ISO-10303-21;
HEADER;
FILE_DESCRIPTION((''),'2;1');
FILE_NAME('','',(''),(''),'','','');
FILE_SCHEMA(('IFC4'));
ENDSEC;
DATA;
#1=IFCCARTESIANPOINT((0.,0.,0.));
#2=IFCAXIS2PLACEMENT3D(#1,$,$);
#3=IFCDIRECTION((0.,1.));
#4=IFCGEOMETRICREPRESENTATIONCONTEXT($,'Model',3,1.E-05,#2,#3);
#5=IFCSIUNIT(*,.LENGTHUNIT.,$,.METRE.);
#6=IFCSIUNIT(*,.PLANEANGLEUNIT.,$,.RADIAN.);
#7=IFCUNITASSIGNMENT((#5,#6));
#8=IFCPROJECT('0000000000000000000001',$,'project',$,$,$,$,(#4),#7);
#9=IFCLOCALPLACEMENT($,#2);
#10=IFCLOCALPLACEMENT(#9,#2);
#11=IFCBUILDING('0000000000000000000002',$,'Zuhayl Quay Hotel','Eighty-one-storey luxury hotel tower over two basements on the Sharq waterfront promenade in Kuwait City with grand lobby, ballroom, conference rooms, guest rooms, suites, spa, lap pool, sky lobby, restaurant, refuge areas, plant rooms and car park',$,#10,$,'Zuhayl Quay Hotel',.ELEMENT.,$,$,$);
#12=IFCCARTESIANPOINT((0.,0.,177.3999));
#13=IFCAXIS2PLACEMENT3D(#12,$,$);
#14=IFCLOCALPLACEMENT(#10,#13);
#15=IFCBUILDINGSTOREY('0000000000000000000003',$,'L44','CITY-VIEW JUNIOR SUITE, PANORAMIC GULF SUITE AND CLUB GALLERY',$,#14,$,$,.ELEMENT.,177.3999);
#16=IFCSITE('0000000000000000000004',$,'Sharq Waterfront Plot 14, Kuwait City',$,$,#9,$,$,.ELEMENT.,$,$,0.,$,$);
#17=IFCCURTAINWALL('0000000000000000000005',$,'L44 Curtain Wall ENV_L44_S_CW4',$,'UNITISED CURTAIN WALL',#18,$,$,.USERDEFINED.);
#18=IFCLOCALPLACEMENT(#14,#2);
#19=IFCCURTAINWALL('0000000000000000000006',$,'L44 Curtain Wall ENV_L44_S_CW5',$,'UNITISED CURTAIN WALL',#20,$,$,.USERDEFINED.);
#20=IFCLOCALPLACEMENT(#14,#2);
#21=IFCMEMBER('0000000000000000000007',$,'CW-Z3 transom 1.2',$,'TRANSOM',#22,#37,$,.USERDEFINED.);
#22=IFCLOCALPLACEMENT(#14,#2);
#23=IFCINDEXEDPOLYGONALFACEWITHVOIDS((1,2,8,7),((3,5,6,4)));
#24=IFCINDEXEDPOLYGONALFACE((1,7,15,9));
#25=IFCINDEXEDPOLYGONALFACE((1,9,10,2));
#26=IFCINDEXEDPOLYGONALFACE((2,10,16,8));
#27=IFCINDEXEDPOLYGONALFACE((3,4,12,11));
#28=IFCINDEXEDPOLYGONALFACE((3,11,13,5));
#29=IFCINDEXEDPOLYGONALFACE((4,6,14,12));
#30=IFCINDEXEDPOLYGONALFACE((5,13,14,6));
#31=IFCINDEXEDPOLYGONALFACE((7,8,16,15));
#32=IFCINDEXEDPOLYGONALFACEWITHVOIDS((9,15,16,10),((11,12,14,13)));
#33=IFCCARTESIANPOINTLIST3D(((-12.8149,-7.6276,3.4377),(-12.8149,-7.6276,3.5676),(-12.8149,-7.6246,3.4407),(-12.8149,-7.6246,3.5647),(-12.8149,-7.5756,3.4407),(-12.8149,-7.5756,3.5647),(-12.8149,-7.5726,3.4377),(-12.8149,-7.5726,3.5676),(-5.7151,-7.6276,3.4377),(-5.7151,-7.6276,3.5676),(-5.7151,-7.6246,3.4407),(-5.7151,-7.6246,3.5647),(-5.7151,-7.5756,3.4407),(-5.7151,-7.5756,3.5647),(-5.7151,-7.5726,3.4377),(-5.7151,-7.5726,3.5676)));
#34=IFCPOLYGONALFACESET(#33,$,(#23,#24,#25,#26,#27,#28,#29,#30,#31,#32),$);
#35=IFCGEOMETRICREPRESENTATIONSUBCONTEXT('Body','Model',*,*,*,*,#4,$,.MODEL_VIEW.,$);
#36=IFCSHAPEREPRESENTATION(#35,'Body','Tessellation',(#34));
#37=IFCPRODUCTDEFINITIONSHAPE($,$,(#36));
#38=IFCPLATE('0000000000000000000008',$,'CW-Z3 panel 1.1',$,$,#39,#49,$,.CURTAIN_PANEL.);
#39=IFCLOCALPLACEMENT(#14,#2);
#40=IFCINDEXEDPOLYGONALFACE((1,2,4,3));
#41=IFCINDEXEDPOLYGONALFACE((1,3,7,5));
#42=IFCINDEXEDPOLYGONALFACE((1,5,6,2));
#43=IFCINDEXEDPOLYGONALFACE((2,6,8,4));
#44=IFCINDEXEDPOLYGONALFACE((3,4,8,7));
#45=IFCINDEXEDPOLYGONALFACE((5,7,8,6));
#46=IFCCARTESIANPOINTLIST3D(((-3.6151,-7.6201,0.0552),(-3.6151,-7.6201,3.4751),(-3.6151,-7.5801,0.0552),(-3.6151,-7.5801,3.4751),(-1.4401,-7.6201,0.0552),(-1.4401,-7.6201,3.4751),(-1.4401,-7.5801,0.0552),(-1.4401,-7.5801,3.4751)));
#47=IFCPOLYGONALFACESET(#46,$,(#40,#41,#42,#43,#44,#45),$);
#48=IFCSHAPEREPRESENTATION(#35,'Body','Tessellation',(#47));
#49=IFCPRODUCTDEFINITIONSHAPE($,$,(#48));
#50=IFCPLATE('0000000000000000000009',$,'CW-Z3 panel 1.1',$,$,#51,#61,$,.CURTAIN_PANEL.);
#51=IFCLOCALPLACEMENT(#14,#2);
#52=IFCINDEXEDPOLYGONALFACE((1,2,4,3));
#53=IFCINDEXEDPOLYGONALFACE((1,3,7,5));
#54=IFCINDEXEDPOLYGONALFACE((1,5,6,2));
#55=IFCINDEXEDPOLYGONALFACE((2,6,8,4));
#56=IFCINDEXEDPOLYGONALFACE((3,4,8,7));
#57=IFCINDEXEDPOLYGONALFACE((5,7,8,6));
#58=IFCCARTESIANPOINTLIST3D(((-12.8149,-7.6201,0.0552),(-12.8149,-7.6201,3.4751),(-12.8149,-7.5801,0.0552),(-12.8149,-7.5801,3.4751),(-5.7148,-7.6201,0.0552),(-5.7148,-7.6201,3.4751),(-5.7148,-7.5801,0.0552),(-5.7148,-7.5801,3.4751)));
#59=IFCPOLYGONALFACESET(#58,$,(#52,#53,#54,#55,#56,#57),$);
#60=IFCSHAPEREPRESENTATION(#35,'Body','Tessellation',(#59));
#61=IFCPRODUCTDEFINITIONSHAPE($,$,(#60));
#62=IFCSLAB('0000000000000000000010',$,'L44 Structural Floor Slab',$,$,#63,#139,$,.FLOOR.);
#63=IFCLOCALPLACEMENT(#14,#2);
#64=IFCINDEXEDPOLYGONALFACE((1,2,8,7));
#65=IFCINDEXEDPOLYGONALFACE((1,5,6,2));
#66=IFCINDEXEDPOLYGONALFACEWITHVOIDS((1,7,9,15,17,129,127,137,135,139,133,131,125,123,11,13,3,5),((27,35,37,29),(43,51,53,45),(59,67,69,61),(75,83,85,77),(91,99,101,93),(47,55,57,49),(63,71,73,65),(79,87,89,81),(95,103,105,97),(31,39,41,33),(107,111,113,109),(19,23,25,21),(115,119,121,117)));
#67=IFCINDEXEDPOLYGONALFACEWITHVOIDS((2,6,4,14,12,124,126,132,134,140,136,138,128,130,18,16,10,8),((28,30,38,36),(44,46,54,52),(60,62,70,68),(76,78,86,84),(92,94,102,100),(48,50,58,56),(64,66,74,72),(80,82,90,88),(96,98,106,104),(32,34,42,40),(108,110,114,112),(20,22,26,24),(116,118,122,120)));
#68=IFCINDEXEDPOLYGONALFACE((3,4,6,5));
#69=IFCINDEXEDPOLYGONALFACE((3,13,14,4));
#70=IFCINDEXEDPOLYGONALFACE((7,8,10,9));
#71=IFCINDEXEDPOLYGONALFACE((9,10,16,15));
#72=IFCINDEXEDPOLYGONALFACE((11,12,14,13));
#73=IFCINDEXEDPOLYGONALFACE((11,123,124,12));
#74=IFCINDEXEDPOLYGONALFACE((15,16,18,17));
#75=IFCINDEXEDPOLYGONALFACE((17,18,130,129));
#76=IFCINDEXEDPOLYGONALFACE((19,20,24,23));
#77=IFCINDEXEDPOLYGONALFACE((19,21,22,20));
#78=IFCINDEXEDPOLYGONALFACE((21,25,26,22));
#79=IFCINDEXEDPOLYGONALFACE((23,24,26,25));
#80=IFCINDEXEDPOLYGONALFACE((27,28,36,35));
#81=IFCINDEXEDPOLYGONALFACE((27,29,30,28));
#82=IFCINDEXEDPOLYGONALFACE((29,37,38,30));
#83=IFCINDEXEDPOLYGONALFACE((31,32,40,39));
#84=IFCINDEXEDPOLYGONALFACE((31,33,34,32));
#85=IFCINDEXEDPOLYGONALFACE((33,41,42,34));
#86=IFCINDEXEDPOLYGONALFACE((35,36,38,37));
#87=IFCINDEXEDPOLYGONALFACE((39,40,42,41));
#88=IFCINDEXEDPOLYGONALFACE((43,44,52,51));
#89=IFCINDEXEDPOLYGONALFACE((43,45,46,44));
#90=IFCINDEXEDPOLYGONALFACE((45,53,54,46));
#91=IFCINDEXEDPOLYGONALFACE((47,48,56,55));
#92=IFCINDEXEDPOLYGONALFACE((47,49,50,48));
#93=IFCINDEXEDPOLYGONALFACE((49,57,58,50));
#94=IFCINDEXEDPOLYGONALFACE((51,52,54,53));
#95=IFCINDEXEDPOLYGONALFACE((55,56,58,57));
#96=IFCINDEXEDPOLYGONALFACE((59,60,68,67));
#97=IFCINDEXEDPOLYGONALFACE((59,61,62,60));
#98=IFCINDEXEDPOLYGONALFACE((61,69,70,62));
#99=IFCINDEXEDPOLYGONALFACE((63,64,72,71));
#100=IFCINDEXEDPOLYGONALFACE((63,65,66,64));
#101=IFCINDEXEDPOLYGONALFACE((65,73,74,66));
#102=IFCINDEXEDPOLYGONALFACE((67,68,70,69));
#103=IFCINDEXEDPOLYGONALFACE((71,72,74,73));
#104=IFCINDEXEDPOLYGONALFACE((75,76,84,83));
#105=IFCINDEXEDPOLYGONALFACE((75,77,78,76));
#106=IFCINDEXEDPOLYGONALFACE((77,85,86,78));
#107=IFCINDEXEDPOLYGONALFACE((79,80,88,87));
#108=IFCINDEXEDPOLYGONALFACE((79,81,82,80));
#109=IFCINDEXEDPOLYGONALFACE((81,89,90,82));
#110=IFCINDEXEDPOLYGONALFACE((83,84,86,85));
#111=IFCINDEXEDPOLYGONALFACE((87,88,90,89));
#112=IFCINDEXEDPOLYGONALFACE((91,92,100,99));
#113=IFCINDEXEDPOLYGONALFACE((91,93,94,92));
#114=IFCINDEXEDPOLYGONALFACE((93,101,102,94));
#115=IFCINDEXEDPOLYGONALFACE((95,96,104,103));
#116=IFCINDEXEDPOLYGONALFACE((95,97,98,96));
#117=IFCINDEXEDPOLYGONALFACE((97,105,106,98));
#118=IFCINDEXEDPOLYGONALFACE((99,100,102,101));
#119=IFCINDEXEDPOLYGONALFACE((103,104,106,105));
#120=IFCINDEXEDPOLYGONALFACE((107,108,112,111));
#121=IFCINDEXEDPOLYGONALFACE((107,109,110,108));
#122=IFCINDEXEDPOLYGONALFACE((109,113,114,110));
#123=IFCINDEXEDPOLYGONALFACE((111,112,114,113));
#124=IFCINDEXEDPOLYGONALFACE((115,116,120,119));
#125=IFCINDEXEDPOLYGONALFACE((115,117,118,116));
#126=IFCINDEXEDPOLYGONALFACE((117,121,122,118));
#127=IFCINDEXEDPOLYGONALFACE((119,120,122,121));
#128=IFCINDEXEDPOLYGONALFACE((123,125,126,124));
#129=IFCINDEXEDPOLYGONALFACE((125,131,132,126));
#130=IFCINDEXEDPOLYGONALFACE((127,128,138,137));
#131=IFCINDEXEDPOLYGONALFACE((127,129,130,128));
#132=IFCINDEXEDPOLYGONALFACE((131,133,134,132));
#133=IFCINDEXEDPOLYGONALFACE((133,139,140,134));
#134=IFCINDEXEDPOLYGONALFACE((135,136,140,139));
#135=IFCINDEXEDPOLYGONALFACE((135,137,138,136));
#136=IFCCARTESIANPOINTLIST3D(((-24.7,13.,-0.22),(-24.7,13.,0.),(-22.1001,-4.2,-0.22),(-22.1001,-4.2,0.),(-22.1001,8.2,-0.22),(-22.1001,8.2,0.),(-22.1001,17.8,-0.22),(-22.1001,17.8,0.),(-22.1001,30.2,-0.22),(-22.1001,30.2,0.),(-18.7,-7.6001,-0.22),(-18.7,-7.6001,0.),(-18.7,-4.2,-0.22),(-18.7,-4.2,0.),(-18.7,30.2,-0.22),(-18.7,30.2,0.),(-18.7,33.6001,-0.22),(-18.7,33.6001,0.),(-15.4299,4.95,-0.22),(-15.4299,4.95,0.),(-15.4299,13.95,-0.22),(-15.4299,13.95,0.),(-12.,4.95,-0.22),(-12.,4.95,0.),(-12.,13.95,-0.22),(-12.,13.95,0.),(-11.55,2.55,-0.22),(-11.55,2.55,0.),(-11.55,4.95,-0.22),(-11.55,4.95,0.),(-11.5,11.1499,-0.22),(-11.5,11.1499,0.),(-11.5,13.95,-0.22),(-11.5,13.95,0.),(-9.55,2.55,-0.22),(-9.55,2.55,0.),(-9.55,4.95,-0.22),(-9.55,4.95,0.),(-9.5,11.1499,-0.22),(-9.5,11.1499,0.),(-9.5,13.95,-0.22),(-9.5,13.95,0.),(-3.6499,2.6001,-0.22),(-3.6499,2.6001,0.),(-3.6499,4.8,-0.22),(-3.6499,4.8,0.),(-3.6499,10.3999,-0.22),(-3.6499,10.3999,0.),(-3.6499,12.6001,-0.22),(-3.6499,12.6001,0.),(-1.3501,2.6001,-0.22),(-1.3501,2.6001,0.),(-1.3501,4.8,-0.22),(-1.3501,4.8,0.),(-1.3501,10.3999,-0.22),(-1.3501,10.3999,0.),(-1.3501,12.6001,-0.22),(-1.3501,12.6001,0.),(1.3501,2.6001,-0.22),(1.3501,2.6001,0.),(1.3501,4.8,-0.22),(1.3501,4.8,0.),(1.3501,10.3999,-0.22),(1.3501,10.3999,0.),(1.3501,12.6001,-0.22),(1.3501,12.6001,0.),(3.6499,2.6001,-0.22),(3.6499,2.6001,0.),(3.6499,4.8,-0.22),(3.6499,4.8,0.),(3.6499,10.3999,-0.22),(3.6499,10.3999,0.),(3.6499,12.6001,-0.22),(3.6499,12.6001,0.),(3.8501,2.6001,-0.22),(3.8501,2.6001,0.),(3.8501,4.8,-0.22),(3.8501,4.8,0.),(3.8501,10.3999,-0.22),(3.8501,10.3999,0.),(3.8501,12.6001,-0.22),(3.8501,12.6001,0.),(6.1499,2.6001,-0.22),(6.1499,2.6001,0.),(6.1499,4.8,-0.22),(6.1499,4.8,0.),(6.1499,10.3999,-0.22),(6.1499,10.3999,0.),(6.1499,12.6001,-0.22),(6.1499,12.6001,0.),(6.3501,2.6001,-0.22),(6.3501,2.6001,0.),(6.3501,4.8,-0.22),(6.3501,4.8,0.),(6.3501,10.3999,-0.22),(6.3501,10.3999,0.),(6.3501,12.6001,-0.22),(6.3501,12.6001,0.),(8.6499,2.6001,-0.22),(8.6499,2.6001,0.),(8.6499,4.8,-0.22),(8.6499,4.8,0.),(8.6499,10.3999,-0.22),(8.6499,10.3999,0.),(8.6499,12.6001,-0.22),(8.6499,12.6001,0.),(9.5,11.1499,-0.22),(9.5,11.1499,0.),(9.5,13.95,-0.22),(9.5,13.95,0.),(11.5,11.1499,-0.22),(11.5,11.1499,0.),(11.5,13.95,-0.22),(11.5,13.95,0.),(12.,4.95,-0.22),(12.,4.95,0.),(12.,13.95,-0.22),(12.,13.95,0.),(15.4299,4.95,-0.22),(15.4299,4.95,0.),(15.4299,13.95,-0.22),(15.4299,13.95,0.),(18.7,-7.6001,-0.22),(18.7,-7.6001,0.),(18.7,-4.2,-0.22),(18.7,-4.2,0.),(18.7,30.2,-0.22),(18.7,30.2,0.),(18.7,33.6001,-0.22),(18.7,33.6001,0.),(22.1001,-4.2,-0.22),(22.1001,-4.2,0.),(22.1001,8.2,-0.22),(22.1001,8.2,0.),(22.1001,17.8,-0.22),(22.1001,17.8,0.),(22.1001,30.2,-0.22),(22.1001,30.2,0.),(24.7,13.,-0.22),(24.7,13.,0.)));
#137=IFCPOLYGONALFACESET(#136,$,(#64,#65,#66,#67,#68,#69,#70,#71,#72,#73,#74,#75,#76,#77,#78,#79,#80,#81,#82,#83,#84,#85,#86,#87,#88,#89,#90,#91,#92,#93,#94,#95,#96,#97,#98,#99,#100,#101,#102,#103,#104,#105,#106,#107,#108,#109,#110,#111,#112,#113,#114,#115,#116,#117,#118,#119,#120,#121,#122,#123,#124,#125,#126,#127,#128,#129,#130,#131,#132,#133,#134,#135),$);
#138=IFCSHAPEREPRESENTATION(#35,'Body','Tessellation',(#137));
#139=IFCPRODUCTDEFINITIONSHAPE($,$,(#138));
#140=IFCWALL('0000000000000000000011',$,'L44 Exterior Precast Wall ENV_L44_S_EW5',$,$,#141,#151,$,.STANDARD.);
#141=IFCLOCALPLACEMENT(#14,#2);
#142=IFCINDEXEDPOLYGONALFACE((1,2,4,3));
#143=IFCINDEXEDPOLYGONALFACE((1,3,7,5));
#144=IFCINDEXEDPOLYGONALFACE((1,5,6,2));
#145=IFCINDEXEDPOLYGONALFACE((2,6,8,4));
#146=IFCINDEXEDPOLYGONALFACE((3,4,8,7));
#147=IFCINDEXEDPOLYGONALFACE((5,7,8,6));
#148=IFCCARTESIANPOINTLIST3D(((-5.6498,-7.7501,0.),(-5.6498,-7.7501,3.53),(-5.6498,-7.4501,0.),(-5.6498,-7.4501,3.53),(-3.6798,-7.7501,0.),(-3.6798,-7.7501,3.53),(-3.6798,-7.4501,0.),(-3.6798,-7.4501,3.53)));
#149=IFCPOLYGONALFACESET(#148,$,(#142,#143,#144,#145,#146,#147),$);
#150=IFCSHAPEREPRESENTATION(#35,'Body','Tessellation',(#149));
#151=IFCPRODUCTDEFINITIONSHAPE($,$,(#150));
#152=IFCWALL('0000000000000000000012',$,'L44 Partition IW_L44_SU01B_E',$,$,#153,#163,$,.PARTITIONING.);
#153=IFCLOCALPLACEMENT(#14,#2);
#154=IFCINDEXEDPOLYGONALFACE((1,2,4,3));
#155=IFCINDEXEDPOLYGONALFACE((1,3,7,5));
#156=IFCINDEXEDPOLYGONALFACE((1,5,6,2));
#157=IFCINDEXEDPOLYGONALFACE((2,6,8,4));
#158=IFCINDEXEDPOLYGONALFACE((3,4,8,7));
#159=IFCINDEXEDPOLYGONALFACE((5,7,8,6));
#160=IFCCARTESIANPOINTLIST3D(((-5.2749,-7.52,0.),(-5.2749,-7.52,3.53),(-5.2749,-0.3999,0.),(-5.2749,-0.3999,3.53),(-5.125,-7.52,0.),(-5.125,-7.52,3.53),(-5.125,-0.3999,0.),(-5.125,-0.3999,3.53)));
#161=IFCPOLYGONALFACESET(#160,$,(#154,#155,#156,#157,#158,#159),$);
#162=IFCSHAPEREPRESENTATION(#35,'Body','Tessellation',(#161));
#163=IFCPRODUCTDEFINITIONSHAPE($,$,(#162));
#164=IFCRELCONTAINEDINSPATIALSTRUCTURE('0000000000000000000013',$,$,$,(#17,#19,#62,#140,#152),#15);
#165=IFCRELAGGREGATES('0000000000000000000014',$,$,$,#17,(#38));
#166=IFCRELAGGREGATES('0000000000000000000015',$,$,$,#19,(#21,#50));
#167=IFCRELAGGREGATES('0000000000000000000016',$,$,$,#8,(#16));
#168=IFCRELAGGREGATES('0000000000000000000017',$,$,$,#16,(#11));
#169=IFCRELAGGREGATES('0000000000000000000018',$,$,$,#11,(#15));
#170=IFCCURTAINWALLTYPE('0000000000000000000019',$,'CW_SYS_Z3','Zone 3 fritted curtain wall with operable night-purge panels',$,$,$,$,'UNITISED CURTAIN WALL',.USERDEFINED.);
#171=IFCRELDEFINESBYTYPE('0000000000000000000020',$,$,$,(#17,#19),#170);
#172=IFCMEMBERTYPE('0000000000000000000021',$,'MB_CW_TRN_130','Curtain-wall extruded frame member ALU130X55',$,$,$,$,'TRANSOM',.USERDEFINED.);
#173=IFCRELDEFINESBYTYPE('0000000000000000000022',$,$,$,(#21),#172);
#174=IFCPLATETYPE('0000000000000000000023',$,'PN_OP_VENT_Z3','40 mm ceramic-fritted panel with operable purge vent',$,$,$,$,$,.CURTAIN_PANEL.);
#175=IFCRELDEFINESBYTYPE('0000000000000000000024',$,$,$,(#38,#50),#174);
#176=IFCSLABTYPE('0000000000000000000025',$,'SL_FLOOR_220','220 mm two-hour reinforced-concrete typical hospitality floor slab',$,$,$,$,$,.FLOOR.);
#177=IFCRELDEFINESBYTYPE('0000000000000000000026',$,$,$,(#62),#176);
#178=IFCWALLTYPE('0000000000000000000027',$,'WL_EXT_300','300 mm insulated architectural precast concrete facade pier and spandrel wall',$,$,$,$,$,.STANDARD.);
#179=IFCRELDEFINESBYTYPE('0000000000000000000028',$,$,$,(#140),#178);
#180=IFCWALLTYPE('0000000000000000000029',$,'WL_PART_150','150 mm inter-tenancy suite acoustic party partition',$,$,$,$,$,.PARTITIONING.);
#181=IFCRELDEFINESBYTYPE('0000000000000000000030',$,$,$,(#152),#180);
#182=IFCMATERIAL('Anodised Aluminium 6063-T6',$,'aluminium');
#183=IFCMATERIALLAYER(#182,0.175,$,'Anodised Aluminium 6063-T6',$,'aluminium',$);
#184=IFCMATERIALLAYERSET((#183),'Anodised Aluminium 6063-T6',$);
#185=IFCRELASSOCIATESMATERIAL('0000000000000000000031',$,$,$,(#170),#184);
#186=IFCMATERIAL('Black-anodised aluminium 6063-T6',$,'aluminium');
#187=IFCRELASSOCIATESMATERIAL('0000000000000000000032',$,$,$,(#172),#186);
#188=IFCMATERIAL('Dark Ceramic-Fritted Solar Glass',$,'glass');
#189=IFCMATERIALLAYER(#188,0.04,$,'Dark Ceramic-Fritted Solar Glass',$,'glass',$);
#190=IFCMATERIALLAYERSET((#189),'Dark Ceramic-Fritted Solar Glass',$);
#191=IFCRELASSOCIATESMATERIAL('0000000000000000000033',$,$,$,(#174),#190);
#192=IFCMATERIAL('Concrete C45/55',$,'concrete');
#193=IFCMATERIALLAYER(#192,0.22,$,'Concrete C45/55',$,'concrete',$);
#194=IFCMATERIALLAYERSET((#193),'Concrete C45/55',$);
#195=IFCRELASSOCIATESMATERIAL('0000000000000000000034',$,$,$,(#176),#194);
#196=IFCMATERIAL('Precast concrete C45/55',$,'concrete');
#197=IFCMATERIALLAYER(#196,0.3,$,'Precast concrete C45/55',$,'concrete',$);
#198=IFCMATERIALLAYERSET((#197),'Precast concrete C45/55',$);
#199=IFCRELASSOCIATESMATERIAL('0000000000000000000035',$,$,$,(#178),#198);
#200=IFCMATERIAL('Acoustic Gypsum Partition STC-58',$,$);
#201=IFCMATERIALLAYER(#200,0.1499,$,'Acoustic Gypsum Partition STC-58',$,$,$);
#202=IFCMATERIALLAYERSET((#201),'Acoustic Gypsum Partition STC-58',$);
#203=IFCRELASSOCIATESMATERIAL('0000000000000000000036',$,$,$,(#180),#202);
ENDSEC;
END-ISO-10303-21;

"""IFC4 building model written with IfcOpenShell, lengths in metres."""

from ifc_helpers import new_model, si_unit, direction, frame, frame_2d, origin, origin_2d, place, context, subcontext, project, spatial, polyline, rectangle, hollow_rectangle, outline, extrude, material, layer, layer_set, material_profile, profile_set, type_object, element, aggregate, save


model = new_model("IFC4")

# Units and contexts
model_context = context("Model", 3, precision=1e-05, world=origin(), true_north=direction((0.0, 1.0)))
body_context = subcontext(model_context, "Body", "Model", "MODEL_VIEW")
ifc_project = project(units=[si_unit("LENGTHUNIT", "METRE"), si_unit("PLANEANGLEUNIT", "RADIAN")], contexts=[model_context])

# Site, building, storey
site_placement = place(None, origin())
site = spatial("IfcSite", under=ifc_project, at=site_placement, Name="Sharq Waterfront Plot 14, Kuwait City", CompositionType="ELEMENT", RefElevation=0.0)
building_placement = place(site_placement, origin())
building = spatial("IfcBuilding", under=site, at=building_placement, Name="Zuhayl Quay Hotel", Description="Eighty-one-storey luxury hotel tower over two basements on the Sharq waterfront promenade in Kuwait City with grand lobby, ballroom, conference rooms, guest rooms, suites, spa, lap pool, sky lobby, restaurant, refuge areas, plant rooms and car park", LongName="Zuhayl Quay Hotel", CompositionType="ELEMENT")
storey_placement = place(building_placement, frame((0.0, 0.0, 177.3999)))
storey = spatial("IfcBuildingStorey", under=building, at=storey_placement, Name="L44", Description="CITY-VIEW JUNIOR SUITE, PANORAMIC GULF SUITE AND CLUB GALLERY", CompositionType="ELEMENT", Elevation=177.3999)

# Curtain wall
ifc_material_1 = material(Name="Anodised Aluminium 6063-T6", Category="aluminium")
ifc_layer_1 = layer(ifc_material_1, 0.175, Name="Anodised Aluminium 6063-T6", Category="aluminium")
ifc_layer_set_1 = layer_set([ifc_layer_1], Name="Anodised Aluminium 6063-T6")
curtain_wall_type = type_object("IfcCurtainWallType", Name="CW_SYS_Z3", Description="Zone 3 fritted curtain wall with operable night-purge panels", ElementType="UNITISED CURTAIN WALL", PredefinedType="USERDEFINED", material=ifc_layer_set_1)
curtain_wall_1_placement = place(storey_placement, origin())
curtain_wall_1 = element("IfcCurtainWall", 1, at=curtain_wall_1_placement, inside=storey, type_object=curtain_wall_type, Name="L44 Curtain Wall ENV_L44_S_CW4", ObjectType="UNITISED CURTAIN WALL", PredefinedType="USERDEFINED")
ifc_material_2 = material(Name="Black-anodised aluminium 6063-T6", Category="aluminium")

# Curtain wall
curtain_wall_2_placement = place(storey_placement, origin())
curtain_wall_2 = element("IfcCurtainWall", 2, at=curtain_wall_2_placement, inside=storey, type_object=curtain_wall_type, Name="L44 Curtain Wall ENV_L44_S_CW5", ObjectType="UNITISED CURTAIN WALL", PredefinedType="USERDEFINED")

# Member
ifc_material_profile_1 = material_profile(ifc_material_2, hollow_rectangle(XDim=0.0549, YDim=0.1299, WallThickness=0.0029, at=origin_2d()), Name="ALU130X55")
ifc_profile_set_1 = profile_set([ifc_material_profile_1], Name="Black-anodised aluminium 6063-T6")
member_type_1 = type_object("IfcMemberType", Name="MB_CW_TRN_130", Description="Curtain-wall extruded frame member ALU130X55", ElementType="TRANSOM", PredefinedType="USERDEFINED", material=ifc_profile_set_1)
member_1_placement = place(storey_placement, frame((-5.7151, -7.6001, 3.5027), z_axis=(-1.0, 0.0, 0.0), x_axis=(0.0, -1.0, 0.0)))
member_1 = element("IfcMember", 3, at=member_1_placement, type_object=member_type_1, Name="CW-Z3 transom 1.2", ObjectType="TRANSOM", PredefinedType="USERDEFINED", context=body_context, shape_type="SweptSolid", body=[
    extrude(hollow_rectangle(XDim=0.0549, YDim=0.1299, WallThickness=0.0029, at=origin_2d()), origin(), (0.0, 0.0, 1.0), 7.0999),
])

# Plates
ifc_material_3 = material(Name="Dark Ceramic-Fritted Solar Glass", Category="glass")
ifc_layer_2 = layer(ifc_material_3, 0.04, Name="Dark Ceramic-Fritted Solar Glass", Category="glass")
ifc_layer_set_2 = layer_set([ifc_layer_2], Name="Dark Ceramic-Fritted Solar Glass")
plate_type = type_object("IfcPlateType", Name="PN_OP_VENT_Z3", Description="40 mm ceramic-fritted panel with operable purge vent", PredefinedType="CURTAIN_PANEL", material=ifc_layer_set_2)
plate_1_placement = place(storey_placement, frame((-2.5276, -7.6001, 0.0552), z_axis=(0.0, 0.0, 1.0), x_axis=(-1.0, 0.0, 0.0)))
plate_1 = element("IfcPlate", 4, at=plate_1_placement, type_object=plate_type, Name="CW-Z3 panel 1.1", PredefinedType="CURTAIN_PANEL", context=body_context, shape_type="SweptSolid", body=[
    extrude(rectangle(XDim=2.175, YDim=0.04, at=origin_2d()), origin(), (0.0, 0.0, 1.0), 3.4199),
])
aggregate(curtain_wall_1, [plate_1])
plate_2_placement = place(storey_placement, frame((-9.2649, -7.6001, 0.0552), z_axis=(0.0, 0.0, 1.0), x_axis=(-1.0, 0.0, 0.0)))
plate_2 = element("IfcPlate", 5, at=plate_2_placement, type_object=plate_type, Name="CW-Z3 panel 1.1", PredefinedType="CURTAIN_PANEL", context=body_context, shape_type="SweptSolid", body=[
    extrude(rectangle(XDim=7.1001, YDim=0.04, at=origin_2d()), origin(), (0.0, 0.0, 1.0), 3.4199),
])
aggregate(curtain_wall_2, [member_1, plate_2])

# Slab
ifc_material_4 = material(Name="Concrete C45/55", Category="concrete")
ifc_layer_3 = layer(ifc_material_4, 0.22, Name="Concrete C45/55", Category="concrete")
ifc_layer_set_3 = layer_set([ifc_layer_3], Name="Concrete C45/55")
slab_type = type_object("IfcSlabType", Name="SL_FLOOR_220", Description="220 mm two-hour reinforced-concrete typical hospitality floor slab", PredefinedType="FLOOR", material=ifc_layer_set_3)
slab_placement = place(storey_placement, frame((0.0, 0.0, -0.22)))
element("IfcSlab", 6, at=slab_placement, inside=storey, type_object=slab_type, Name="L44 Structural Floor Slab", PredefinedType="FLOOR", context=body_context, shape_type="SweptSolid", body=[
    extrude(outline(polyline([(-18.7, -7.6001), (18.7, -7.6001), (18.7, -4.2), (22.1001, -4.2), (22.1001, 8.2), (24.7, 13.0), (22.1001, 17.8), (22.1001, 30.2), (18.7, 30.2), (18.7, 33.6001), (-18.7, 33.6001), (-18.7, 30.2), (-22.1001, 30.2), (-22.1001, 17.8), (-24.7, 13.0), (-22.1001, 8.2), (-22.1001, -4.2), (-18.7, -4.2), (-18.7, -7.6001)]), holes=[polyline([(-12.0, 4.95), (-12.0, 13.95), (-15.4299, 13.95), (-15.4299, 4.95), (-12.0, 4.95)]), polyline([(15.4299, 4.95), (15.4299, 13.95), (12.0, 13.95), (12.0, 4.95), (15.4299, 4.95)]), polyline([(-11.5, 11.1499), (-9.5, 11.1499), (-9.5, 13.95), (-11.5, 13.95), (-11.5, 11.1499)]), polyline([(9.5, 11.1499), (11.5, 11.1499), (11.5, 13.95), (9.5, 13.95), (9.5, 11.1499)]), polyline([(-3.6499, 2.6001), (-1.3501, 2.6001), (-1.3501, 4.8), (-3.6499, 4.8), (-3.6499, 2.6001)]), polyline([(1.3501, 2.6001), (3.6499, 2.6001), (3.6499, 4.8), (1.3501, 4.8), (1.3501, 2.6001)]), polyline([(-3.6499, 10.3999), (-1.3501, 10.3999), (-1.3501, 12.6001), (-3.6499, 12.6001), (-3.6499, 10.3999)]), polyline([(1.3501, 10.3999), (3.6499, 10.3999), (3.6499, 12.6001), (1.3501, 12.6001), (1.3501, 10.3999)]), polyline([(3.8501, 2.6001), (6.1499, 2.6001), (6.1499, 4.8), (3.8501, 4.8), (3.8501, 2.6001)]), polyline([(6.3501, 2.6001), (8.6499, 2.6001), (8.6499, 4.8), (6.3501, 4.8), (6.3501, 2.6001)]), polyline([(3.8501, 10.3999), (6.1499, 10.3999), (6.1499, 12.6001), (3.8501, 12.6001), (3.8501, 10.3999)]), polyline([(6.3501, 10.3999), (8.6499, 10.3999), (8.6499, 12.6001), (6.3501, 12.6001), (6.3501, 10.3999)]), polyline([(-11.55, 2.55), (-9.55, 2.55), (-9.55, 4.95), (-11.55, 4.95), (-11.55, 2.55)])]), origin(), (0.0, 0.0, 1.0), 0.22),
])

# Walls
ifc_material_5 = material(Name="Precast concrete C45/55", Category="concrete")
ifc_layer_4 = layer(ifc_material_5, 0.3, Name="Precast concrete C45/55", Category="concrete")
ifc_layer_set_4 = layer_set([ifc_layer_4], Name="Precast concrete C45/55")
wall_type_1 = type_object("IfcWallType", Name="WL_EXT_300", Description="300 mm insulated architectural precast concrete facade pier and spandrel wall", PredefinedType="STANDARD", material=ifc_layer_set_4)
wall_1_placement = place(storey_placement, frame((-3.6799, -7.6001, 0.0), z_axis=(0.0, 0.0, 1.0), x_axis=(-1.0, 0.0, 0.0)))
element("IfcWall", 7, at=wall_1_placement, inside=storey, type_object=wall_type_1, Name="L44 Exterior Precast Wall ENV_L44_S_EW5", PredefinedType="STANDARD", context=body_context, shape_type="SweptSolid", body=[
    extrude(rectangle(XDim=1.97, YDim=0.3, at=frame_2d((0.9849, 0.0))), origin(), (0.0, 0.0, 1.0), 3.53),
])
ifc_material_6 = material(Name="Acoustic Gypsum Partition STC-58")
ifc_layer_5 = layer(ifc_material_6, 0.1499, Name="Acoustic Gypsum Partition STC-58")
ifc_layer_set_5 = layer_set([ifc_layer_5], Name="Acoustic Gypsum Partition STC-58")
wall_type_2 = type_object("IfcWallType", Name="WL_PART_150", Description="150 mm inter-tenancy suite acoustic party partition", PredefinedType="PARTITIONING", material=ifc_layer_set_5)
wall_2_placement = place(storey_placement, frame((-5.2, -7.52, 0.0), z_axis=(0.0, 0.0, 1.0), x_axis=(0.0, 1.0, 0.0)))
element("IfcWall", 8, at=wall_2_placement, inside=storey, type_object=wall_type_2, Name="L44 Partition IW_L44_SU01B_E", PredefinedType="PARTITIONING", context=body_context, shape_type="SweptSolid", body=[
    extrude(rectangle(XDim=7.1201, YDim=0.1499, at=frame_2d((3.5601, 0.0))), origin(), (0.0, 0.0, 1.0), 3.53),
])

save(model, "model.ifc")
